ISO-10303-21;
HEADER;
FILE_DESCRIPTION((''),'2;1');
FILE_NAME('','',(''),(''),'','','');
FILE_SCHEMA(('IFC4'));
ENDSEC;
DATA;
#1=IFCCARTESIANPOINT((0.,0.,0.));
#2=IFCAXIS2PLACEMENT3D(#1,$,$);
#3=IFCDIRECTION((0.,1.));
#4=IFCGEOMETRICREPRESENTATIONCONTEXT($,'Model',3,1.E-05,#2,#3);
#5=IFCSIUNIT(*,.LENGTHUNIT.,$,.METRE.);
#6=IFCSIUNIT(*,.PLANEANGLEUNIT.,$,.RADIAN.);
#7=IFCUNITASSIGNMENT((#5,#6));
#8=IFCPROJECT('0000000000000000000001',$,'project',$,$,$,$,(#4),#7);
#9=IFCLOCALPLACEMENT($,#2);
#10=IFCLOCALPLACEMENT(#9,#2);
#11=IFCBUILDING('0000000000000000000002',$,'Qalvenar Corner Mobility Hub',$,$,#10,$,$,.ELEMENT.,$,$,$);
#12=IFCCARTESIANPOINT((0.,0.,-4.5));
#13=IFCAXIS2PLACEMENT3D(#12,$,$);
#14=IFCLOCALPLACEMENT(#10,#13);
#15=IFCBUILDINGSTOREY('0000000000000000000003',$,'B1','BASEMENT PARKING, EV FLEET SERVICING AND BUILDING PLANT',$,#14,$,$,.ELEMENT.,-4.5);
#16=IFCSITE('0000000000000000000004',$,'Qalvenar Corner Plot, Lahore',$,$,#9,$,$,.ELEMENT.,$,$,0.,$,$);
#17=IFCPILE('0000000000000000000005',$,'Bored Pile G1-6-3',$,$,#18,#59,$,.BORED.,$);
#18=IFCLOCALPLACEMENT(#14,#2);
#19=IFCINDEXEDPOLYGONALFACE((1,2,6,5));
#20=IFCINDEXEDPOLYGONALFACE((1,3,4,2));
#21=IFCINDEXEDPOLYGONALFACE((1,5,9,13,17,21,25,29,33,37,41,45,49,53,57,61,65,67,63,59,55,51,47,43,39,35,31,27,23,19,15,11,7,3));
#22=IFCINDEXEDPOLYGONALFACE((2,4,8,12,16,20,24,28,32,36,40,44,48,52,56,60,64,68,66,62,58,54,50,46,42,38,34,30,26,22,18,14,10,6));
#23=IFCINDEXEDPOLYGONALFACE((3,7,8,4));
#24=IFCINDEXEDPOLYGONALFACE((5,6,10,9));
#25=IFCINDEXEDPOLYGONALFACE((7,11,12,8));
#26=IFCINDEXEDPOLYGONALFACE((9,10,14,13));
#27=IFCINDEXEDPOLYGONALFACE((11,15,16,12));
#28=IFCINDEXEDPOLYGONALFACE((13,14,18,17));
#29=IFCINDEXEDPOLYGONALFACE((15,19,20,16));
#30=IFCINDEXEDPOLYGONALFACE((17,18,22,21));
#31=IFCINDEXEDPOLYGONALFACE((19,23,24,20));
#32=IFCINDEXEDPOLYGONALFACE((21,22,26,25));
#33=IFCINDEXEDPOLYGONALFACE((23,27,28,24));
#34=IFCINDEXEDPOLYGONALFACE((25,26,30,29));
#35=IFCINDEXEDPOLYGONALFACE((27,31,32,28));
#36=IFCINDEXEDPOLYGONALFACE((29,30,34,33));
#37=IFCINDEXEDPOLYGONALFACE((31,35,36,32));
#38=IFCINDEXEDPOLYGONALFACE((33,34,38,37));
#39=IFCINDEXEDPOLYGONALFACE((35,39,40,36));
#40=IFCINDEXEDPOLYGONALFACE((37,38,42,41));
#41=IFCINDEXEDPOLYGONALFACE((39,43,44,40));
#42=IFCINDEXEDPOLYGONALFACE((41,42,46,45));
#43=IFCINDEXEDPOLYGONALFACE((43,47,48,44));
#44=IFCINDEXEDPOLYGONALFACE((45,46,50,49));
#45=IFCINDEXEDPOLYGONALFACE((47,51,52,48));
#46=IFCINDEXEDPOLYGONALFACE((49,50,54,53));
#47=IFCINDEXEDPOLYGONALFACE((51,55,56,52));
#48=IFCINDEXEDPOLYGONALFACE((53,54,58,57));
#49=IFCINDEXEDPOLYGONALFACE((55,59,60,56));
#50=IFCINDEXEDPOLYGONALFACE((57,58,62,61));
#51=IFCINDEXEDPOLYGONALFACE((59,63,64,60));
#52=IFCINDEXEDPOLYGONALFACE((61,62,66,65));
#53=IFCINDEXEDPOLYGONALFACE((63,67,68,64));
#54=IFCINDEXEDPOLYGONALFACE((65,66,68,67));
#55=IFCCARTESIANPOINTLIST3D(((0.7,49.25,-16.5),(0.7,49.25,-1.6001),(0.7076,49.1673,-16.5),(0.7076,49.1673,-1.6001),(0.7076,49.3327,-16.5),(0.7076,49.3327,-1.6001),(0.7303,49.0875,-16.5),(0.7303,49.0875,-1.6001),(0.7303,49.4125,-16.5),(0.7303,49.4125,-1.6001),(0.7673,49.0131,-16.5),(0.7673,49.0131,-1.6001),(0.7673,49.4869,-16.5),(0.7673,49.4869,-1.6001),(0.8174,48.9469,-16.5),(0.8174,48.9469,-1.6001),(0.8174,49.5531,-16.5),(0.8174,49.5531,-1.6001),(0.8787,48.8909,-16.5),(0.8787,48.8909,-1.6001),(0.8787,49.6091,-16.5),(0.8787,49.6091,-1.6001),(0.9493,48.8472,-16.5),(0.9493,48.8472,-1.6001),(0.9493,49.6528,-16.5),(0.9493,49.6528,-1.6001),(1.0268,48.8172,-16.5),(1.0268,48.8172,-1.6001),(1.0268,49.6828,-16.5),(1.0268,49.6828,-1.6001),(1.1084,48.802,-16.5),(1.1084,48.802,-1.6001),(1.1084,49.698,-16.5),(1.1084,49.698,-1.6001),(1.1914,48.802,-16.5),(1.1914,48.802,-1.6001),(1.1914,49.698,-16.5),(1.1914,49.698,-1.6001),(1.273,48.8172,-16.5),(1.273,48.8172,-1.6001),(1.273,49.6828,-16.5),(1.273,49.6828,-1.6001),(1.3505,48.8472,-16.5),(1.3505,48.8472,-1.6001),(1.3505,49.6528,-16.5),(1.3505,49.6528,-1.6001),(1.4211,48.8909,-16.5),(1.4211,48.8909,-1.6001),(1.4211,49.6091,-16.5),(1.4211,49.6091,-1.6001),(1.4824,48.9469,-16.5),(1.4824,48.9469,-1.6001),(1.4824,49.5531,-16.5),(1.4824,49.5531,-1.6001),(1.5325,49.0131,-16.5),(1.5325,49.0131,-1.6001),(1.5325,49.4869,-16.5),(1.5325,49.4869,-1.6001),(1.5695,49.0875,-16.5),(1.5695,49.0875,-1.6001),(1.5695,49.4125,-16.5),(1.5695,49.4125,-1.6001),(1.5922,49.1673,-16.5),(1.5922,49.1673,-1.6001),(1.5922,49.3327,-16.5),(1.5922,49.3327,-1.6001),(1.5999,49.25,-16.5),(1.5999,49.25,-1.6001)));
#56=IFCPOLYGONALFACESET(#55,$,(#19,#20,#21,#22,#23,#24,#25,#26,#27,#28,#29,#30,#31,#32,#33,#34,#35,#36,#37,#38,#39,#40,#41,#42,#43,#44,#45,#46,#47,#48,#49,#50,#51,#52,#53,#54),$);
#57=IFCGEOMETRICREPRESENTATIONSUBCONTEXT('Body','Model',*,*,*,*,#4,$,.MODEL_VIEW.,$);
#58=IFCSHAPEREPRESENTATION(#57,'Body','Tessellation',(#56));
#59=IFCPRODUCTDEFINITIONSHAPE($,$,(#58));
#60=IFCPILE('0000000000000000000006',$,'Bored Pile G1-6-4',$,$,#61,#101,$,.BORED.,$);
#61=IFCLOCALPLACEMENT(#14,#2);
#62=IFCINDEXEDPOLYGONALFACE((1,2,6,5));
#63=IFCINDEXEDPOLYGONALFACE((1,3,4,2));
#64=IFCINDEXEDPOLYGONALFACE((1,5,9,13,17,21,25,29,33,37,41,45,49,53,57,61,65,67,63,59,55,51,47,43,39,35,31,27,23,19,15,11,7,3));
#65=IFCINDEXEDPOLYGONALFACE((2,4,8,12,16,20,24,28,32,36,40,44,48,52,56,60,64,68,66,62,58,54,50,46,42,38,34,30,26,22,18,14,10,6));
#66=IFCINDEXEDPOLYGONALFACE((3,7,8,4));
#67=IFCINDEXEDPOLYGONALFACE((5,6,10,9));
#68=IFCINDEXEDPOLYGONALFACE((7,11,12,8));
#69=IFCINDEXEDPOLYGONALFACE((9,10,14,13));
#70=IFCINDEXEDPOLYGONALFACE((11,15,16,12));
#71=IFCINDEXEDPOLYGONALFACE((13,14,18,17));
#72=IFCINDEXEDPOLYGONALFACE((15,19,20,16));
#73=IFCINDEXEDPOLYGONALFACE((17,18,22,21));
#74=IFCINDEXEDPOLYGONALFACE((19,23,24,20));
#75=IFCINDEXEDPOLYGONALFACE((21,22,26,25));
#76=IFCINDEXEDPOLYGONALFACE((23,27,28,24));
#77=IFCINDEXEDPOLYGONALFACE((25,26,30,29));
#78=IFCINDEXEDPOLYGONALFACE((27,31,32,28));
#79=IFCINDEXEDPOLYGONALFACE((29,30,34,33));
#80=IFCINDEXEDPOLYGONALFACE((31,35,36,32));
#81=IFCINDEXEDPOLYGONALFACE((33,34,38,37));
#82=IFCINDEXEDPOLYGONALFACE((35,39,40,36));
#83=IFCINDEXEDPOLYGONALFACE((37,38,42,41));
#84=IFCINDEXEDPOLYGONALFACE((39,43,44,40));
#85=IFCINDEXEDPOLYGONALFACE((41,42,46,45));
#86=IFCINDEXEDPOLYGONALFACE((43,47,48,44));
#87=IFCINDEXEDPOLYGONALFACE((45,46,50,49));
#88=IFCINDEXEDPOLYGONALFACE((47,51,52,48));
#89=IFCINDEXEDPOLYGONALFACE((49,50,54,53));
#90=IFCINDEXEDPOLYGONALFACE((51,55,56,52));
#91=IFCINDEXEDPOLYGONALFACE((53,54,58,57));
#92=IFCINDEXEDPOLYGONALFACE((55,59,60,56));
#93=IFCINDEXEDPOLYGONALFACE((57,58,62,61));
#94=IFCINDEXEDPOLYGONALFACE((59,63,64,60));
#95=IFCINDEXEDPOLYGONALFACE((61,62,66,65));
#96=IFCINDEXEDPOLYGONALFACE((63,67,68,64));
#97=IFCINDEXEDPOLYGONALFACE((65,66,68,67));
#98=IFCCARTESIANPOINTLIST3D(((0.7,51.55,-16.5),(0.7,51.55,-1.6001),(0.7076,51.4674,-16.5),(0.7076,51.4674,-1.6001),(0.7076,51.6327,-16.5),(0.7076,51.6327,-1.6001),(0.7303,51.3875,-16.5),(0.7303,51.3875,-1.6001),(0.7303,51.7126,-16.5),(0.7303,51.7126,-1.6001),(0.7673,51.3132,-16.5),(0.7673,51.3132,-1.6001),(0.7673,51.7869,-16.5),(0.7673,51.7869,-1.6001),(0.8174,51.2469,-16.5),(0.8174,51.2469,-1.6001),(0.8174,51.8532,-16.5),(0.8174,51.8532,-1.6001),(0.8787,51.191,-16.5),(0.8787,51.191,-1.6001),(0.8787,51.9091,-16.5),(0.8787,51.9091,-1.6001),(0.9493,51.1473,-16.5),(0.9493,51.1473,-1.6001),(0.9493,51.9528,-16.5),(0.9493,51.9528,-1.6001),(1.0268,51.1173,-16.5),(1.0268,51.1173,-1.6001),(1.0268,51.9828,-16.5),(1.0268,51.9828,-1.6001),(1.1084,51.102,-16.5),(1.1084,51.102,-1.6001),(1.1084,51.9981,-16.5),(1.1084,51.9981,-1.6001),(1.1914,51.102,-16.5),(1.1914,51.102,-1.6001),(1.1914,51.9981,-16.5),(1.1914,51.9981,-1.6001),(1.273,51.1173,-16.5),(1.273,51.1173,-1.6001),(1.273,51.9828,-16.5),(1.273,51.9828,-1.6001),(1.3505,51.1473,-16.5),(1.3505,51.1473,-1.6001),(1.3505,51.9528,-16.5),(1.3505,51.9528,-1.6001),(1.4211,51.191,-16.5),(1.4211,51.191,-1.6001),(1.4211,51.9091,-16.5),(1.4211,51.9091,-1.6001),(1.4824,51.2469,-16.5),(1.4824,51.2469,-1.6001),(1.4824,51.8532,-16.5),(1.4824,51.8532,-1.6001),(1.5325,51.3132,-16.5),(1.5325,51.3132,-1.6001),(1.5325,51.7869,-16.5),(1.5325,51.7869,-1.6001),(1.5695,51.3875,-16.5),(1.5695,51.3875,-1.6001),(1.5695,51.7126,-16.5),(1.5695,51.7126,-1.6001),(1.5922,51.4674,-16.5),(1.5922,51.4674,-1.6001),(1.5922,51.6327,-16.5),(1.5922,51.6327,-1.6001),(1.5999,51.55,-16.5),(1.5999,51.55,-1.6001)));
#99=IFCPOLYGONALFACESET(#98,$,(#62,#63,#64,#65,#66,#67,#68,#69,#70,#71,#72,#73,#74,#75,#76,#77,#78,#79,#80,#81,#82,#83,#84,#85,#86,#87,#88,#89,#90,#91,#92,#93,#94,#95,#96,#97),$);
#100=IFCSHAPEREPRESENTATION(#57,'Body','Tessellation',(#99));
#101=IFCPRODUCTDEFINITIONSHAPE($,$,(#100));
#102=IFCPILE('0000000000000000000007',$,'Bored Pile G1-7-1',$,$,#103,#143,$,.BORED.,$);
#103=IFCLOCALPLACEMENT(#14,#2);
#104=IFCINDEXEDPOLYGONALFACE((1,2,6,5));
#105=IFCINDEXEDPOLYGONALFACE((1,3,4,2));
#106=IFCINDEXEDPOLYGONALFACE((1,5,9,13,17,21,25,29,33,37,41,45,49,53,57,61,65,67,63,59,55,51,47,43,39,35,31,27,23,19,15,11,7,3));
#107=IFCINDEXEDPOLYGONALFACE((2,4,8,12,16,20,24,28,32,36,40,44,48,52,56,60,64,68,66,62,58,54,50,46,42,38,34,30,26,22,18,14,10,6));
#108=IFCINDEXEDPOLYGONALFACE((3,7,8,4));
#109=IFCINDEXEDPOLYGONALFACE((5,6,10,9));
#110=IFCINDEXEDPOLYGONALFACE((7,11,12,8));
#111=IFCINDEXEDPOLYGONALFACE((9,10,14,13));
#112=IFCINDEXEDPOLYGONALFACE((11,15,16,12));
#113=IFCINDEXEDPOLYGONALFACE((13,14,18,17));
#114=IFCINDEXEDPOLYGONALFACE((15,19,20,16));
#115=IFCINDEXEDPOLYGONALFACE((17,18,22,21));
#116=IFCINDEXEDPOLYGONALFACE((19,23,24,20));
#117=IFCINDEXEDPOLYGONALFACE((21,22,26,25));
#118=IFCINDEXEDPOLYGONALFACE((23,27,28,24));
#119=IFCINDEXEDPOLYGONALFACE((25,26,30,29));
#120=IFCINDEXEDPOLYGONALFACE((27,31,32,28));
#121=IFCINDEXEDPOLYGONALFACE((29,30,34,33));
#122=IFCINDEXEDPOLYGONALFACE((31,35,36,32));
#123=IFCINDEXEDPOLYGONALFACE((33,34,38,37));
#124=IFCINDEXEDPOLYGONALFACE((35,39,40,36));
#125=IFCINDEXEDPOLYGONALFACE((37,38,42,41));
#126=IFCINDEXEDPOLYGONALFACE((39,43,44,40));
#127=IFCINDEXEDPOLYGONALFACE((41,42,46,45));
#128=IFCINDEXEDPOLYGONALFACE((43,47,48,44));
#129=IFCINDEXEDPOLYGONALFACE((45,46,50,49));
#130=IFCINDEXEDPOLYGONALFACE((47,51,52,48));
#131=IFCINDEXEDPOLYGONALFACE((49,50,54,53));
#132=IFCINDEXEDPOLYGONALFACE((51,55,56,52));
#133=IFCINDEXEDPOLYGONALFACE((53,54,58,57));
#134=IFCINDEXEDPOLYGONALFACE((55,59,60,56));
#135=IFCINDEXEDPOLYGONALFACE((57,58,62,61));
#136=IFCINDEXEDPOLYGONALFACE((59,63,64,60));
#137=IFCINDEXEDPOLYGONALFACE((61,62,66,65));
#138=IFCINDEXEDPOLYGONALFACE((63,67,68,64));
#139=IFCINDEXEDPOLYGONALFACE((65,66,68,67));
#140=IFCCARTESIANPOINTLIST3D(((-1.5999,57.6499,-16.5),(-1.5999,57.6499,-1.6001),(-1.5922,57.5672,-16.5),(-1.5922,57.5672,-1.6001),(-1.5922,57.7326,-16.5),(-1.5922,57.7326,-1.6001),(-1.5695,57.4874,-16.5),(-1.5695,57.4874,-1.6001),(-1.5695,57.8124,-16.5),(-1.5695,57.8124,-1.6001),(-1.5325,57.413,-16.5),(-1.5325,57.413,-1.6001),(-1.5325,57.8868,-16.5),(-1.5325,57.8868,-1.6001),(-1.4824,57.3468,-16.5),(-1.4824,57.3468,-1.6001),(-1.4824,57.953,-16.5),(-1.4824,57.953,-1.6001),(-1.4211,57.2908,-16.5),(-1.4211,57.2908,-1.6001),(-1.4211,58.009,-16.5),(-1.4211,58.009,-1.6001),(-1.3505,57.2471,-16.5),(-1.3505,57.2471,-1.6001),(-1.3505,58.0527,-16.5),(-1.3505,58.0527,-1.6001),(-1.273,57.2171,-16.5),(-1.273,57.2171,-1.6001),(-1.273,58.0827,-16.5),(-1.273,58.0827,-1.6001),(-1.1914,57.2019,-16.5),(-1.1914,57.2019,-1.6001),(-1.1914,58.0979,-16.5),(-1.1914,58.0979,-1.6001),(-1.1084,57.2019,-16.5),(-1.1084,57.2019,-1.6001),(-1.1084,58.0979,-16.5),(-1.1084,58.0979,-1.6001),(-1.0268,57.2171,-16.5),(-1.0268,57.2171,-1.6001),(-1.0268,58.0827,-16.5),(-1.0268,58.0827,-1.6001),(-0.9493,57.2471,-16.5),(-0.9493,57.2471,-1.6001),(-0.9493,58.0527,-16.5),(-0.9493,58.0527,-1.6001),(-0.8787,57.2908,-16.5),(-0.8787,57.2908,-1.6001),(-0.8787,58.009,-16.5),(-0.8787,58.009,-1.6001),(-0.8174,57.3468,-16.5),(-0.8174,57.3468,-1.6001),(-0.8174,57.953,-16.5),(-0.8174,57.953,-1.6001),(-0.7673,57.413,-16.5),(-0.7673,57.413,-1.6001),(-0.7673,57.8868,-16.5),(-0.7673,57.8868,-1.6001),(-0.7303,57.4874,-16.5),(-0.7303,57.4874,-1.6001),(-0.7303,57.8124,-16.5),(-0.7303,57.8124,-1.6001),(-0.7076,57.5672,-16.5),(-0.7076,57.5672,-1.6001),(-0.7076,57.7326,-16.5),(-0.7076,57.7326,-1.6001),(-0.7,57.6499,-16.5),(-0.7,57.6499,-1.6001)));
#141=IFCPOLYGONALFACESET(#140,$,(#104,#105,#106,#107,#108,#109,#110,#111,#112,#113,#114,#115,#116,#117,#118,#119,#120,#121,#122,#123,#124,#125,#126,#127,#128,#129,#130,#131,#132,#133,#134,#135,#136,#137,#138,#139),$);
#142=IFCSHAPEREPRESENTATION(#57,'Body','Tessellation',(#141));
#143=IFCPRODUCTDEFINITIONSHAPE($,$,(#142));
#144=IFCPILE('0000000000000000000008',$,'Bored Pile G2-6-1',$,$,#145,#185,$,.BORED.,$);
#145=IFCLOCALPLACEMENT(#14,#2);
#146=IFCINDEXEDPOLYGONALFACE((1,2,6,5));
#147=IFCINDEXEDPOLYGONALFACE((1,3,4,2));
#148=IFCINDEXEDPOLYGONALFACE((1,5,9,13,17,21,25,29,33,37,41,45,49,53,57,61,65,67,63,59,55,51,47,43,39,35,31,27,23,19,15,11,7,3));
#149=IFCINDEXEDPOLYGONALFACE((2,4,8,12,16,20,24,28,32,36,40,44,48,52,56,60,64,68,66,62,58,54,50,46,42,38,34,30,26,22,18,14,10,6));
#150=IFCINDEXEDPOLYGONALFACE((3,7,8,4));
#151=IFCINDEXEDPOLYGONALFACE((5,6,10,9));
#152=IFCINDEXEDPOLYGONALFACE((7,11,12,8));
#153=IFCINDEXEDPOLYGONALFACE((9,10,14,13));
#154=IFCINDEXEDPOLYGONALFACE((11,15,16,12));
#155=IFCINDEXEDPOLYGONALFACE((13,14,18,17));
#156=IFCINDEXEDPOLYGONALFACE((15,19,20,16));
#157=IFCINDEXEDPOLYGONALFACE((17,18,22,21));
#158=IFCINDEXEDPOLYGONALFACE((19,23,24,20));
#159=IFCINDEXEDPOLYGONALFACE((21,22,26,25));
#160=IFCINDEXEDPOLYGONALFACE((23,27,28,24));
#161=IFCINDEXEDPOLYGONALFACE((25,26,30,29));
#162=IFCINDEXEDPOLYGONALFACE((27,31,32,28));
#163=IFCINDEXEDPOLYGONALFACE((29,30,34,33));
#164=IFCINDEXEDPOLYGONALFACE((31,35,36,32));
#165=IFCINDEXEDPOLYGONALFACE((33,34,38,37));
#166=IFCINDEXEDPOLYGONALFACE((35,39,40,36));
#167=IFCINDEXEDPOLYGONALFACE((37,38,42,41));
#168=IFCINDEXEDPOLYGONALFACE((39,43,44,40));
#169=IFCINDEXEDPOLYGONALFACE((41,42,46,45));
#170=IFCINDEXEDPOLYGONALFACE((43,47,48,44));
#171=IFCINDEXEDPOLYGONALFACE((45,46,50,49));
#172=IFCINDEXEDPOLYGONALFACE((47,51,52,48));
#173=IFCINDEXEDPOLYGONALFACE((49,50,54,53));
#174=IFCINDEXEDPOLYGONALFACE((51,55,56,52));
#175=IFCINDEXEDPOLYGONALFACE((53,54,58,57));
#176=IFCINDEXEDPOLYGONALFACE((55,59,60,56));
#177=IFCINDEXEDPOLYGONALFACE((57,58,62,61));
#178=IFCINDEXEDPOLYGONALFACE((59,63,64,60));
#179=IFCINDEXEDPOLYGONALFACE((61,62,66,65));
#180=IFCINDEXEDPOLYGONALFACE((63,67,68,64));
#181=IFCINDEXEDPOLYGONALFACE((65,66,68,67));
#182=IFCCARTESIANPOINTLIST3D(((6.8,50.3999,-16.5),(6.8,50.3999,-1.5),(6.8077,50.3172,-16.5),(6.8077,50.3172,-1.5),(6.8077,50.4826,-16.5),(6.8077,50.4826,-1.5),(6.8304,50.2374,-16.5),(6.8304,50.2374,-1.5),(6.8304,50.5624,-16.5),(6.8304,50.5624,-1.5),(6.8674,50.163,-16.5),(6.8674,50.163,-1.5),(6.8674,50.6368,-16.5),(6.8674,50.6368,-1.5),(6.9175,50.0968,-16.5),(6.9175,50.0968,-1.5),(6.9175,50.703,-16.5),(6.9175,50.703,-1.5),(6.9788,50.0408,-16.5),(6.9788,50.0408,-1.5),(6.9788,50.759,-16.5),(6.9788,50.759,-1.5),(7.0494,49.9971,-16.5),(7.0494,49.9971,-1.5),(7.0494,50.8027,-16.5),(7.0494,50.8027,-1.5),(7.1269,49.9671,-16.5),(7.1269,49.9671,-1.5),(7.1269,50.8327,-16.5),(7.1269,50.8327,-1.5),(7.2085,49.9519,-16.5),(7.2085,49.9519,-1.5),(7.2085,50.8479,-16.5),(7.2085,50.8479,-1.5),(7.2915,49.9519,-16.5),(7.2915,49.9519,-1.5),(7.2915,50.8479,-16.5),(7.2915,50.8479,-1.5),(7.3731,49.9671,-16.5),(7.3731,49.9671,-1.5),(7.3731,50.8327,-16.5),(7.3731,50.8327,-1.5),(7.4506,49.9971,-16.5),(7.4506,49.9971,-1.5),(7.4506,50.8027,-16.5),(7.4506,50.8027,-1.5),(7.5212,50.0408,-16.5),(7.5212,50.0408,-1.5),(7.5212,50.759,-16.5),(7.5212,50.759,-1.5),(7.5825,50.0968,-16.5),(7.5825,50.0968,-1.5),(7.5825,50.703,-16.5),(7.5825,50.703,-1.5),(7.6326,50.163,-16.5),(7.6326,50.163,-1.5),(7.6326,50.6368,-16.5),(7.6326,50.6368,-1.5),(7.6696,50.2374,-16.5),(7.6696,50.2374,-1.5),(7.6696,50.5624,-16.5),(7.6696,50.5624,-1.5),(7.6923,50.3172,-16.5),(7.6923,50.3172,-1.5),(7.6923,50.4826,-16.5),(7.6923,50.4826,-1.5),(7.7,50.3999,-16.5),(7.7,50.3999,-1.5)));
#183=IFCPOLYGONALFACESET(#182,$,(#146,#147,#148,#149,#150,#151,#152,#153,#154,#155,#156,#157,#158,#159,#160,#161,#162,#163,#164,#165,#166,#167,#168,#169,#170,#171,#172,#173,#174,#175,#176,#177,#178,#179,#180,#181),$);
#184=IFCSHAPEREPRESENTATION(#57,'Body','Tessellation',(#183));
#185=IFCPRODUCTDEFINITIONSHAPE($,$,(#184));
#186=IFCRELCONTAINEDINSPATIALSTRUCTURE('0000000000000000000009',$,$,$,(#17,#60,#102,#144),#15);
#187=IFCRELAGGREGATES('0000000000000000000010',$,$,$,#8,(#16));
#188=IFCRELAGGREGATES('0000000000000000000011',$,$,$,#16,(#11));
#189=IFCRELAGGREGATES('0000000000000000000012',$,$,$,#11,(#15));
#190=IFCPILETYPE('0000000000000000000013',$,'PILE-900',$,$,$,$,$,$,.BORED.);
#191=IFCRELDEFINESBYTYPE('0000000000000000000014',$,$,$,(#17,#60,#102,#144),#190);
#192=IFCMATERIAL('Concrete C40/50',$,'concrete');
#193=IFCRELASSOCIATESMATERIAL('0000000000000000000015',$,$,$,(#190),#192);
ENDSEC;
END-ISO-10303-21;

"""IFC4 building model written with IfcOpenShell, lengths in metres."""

from ifc_helpers import new_model, si_unit, direction, frame, origin, origin_2d, place, context, subcontext, project, spatial, circle, extrude, material, material_profile, profile_set, type_object, element, save


model = new_model("IFC4")

# Units and contexts
model_context = context("Model", 3, precision=1e-05, world=origin(), true_north=direction((0.0, 1.0)))
body_context = subcontext(model_context, "Body", "Model", "MODEL_VIEW")
ifc_project = project(units=[si_unit("LENGTHUNIT", "METRE"), si_unit("PLANEANGLEUNIT", "RADIAN")], contexts=[model_context])

# Site, building, storey
site_placement = place(None, origin())
site = spatial("IfcSite", under=ifc_project, at=site_placement, Name="Qalvenar Corner Plot, Lahore", CompositionType="ELEMENT", RefElevation=0.0)
building_placement = place(site_placement, origin())
building = spatial("IfcBuilding", under=site, at=building_placement, Name="Qalvenar Corner Mobility Hub", CompositionType="ELEMENT")
storey_placement = place(building_placement, frame((0.0, 0.0, -4.5)))
storey = spatial("IfcBuildingStorey", under=building, at=storey_placement, Name="B1", Description="BASEMENT PARKING, EV FLEET SERVICING AND BUILDING PLANT", CompositionType="ELEMENT", Elevation=-4.5)

# Shared definitions
ifc_material_1 = material(Name="Concrete C40/50", Category="concrete")

# Piles
ifc_material_profile_1 = material_profile(ifc_material_1, circle(Radius=0.45, at=origin_2d()), Name="DIA900")
ifc_profile_set_1 = profile_set([ifc_material_profile_1], Name="Concrete C40/50")
pile_type_1 = type_object("IfcPileType", Name="PILE-900", PredefinedType="BORED", material=ifc_profile_set_1)
for number, where, z_axis, x_axis, name in (
    (1, (1.1499, 49.25, -1.6001), (0.0, 0.0, -1.0), (1.0, 0.0, 0.0), "Bored Pile G1-6-3"),
    (2, (1.1499, 51.55, -1.6001), (0.0, 0.0, -1.0), (1.0, 0.0, 0.0), "Bored Pile G1-6-4"),
    (3, (-1.1499, 57.6499, -1.6001), (0.0, 0.0, -1.0), (1.0, 0.0, 0.0), "Bored Pile G1-7-1"),
):
    element("IfcPile", number, at=place(storey_placement, frame(where, z_axis=z_axis, x_axis=x_axis)), inside=storey, type_object=pile_type_1, Name=name, PredefinedType="BORED", context=body_context, shape_type="SweptSolid", body=[
        extrude(circle(Radius=0.45, at=origin_2d()), origin(), (0.0, 0.0, 1.0), 14.8999),
    ])
for number, where, z_axis, x_axis, name in (
    (4, (7.25, 50.3999, -1.5), (0.0, 0.0, -1.0), (1.0, 0.0, 0.0), "Bored Pile G2-6-1"),
):
    element("IfcPile", number, at=place(storey_placement, frame(where, z_axis=z_axis, x_axis=x_axis)), inside=storey, type_object=pile_type_1, Name=name, PredefinedType="BORED", context=body_context, shape_type="SweptSolid", body=[
        extrude(circle(Radius=0.45, at=origin_2d()), origin(), (0.0, 0.0, 1.0), 15.0),
    ])

save(model, "model.ifc")
